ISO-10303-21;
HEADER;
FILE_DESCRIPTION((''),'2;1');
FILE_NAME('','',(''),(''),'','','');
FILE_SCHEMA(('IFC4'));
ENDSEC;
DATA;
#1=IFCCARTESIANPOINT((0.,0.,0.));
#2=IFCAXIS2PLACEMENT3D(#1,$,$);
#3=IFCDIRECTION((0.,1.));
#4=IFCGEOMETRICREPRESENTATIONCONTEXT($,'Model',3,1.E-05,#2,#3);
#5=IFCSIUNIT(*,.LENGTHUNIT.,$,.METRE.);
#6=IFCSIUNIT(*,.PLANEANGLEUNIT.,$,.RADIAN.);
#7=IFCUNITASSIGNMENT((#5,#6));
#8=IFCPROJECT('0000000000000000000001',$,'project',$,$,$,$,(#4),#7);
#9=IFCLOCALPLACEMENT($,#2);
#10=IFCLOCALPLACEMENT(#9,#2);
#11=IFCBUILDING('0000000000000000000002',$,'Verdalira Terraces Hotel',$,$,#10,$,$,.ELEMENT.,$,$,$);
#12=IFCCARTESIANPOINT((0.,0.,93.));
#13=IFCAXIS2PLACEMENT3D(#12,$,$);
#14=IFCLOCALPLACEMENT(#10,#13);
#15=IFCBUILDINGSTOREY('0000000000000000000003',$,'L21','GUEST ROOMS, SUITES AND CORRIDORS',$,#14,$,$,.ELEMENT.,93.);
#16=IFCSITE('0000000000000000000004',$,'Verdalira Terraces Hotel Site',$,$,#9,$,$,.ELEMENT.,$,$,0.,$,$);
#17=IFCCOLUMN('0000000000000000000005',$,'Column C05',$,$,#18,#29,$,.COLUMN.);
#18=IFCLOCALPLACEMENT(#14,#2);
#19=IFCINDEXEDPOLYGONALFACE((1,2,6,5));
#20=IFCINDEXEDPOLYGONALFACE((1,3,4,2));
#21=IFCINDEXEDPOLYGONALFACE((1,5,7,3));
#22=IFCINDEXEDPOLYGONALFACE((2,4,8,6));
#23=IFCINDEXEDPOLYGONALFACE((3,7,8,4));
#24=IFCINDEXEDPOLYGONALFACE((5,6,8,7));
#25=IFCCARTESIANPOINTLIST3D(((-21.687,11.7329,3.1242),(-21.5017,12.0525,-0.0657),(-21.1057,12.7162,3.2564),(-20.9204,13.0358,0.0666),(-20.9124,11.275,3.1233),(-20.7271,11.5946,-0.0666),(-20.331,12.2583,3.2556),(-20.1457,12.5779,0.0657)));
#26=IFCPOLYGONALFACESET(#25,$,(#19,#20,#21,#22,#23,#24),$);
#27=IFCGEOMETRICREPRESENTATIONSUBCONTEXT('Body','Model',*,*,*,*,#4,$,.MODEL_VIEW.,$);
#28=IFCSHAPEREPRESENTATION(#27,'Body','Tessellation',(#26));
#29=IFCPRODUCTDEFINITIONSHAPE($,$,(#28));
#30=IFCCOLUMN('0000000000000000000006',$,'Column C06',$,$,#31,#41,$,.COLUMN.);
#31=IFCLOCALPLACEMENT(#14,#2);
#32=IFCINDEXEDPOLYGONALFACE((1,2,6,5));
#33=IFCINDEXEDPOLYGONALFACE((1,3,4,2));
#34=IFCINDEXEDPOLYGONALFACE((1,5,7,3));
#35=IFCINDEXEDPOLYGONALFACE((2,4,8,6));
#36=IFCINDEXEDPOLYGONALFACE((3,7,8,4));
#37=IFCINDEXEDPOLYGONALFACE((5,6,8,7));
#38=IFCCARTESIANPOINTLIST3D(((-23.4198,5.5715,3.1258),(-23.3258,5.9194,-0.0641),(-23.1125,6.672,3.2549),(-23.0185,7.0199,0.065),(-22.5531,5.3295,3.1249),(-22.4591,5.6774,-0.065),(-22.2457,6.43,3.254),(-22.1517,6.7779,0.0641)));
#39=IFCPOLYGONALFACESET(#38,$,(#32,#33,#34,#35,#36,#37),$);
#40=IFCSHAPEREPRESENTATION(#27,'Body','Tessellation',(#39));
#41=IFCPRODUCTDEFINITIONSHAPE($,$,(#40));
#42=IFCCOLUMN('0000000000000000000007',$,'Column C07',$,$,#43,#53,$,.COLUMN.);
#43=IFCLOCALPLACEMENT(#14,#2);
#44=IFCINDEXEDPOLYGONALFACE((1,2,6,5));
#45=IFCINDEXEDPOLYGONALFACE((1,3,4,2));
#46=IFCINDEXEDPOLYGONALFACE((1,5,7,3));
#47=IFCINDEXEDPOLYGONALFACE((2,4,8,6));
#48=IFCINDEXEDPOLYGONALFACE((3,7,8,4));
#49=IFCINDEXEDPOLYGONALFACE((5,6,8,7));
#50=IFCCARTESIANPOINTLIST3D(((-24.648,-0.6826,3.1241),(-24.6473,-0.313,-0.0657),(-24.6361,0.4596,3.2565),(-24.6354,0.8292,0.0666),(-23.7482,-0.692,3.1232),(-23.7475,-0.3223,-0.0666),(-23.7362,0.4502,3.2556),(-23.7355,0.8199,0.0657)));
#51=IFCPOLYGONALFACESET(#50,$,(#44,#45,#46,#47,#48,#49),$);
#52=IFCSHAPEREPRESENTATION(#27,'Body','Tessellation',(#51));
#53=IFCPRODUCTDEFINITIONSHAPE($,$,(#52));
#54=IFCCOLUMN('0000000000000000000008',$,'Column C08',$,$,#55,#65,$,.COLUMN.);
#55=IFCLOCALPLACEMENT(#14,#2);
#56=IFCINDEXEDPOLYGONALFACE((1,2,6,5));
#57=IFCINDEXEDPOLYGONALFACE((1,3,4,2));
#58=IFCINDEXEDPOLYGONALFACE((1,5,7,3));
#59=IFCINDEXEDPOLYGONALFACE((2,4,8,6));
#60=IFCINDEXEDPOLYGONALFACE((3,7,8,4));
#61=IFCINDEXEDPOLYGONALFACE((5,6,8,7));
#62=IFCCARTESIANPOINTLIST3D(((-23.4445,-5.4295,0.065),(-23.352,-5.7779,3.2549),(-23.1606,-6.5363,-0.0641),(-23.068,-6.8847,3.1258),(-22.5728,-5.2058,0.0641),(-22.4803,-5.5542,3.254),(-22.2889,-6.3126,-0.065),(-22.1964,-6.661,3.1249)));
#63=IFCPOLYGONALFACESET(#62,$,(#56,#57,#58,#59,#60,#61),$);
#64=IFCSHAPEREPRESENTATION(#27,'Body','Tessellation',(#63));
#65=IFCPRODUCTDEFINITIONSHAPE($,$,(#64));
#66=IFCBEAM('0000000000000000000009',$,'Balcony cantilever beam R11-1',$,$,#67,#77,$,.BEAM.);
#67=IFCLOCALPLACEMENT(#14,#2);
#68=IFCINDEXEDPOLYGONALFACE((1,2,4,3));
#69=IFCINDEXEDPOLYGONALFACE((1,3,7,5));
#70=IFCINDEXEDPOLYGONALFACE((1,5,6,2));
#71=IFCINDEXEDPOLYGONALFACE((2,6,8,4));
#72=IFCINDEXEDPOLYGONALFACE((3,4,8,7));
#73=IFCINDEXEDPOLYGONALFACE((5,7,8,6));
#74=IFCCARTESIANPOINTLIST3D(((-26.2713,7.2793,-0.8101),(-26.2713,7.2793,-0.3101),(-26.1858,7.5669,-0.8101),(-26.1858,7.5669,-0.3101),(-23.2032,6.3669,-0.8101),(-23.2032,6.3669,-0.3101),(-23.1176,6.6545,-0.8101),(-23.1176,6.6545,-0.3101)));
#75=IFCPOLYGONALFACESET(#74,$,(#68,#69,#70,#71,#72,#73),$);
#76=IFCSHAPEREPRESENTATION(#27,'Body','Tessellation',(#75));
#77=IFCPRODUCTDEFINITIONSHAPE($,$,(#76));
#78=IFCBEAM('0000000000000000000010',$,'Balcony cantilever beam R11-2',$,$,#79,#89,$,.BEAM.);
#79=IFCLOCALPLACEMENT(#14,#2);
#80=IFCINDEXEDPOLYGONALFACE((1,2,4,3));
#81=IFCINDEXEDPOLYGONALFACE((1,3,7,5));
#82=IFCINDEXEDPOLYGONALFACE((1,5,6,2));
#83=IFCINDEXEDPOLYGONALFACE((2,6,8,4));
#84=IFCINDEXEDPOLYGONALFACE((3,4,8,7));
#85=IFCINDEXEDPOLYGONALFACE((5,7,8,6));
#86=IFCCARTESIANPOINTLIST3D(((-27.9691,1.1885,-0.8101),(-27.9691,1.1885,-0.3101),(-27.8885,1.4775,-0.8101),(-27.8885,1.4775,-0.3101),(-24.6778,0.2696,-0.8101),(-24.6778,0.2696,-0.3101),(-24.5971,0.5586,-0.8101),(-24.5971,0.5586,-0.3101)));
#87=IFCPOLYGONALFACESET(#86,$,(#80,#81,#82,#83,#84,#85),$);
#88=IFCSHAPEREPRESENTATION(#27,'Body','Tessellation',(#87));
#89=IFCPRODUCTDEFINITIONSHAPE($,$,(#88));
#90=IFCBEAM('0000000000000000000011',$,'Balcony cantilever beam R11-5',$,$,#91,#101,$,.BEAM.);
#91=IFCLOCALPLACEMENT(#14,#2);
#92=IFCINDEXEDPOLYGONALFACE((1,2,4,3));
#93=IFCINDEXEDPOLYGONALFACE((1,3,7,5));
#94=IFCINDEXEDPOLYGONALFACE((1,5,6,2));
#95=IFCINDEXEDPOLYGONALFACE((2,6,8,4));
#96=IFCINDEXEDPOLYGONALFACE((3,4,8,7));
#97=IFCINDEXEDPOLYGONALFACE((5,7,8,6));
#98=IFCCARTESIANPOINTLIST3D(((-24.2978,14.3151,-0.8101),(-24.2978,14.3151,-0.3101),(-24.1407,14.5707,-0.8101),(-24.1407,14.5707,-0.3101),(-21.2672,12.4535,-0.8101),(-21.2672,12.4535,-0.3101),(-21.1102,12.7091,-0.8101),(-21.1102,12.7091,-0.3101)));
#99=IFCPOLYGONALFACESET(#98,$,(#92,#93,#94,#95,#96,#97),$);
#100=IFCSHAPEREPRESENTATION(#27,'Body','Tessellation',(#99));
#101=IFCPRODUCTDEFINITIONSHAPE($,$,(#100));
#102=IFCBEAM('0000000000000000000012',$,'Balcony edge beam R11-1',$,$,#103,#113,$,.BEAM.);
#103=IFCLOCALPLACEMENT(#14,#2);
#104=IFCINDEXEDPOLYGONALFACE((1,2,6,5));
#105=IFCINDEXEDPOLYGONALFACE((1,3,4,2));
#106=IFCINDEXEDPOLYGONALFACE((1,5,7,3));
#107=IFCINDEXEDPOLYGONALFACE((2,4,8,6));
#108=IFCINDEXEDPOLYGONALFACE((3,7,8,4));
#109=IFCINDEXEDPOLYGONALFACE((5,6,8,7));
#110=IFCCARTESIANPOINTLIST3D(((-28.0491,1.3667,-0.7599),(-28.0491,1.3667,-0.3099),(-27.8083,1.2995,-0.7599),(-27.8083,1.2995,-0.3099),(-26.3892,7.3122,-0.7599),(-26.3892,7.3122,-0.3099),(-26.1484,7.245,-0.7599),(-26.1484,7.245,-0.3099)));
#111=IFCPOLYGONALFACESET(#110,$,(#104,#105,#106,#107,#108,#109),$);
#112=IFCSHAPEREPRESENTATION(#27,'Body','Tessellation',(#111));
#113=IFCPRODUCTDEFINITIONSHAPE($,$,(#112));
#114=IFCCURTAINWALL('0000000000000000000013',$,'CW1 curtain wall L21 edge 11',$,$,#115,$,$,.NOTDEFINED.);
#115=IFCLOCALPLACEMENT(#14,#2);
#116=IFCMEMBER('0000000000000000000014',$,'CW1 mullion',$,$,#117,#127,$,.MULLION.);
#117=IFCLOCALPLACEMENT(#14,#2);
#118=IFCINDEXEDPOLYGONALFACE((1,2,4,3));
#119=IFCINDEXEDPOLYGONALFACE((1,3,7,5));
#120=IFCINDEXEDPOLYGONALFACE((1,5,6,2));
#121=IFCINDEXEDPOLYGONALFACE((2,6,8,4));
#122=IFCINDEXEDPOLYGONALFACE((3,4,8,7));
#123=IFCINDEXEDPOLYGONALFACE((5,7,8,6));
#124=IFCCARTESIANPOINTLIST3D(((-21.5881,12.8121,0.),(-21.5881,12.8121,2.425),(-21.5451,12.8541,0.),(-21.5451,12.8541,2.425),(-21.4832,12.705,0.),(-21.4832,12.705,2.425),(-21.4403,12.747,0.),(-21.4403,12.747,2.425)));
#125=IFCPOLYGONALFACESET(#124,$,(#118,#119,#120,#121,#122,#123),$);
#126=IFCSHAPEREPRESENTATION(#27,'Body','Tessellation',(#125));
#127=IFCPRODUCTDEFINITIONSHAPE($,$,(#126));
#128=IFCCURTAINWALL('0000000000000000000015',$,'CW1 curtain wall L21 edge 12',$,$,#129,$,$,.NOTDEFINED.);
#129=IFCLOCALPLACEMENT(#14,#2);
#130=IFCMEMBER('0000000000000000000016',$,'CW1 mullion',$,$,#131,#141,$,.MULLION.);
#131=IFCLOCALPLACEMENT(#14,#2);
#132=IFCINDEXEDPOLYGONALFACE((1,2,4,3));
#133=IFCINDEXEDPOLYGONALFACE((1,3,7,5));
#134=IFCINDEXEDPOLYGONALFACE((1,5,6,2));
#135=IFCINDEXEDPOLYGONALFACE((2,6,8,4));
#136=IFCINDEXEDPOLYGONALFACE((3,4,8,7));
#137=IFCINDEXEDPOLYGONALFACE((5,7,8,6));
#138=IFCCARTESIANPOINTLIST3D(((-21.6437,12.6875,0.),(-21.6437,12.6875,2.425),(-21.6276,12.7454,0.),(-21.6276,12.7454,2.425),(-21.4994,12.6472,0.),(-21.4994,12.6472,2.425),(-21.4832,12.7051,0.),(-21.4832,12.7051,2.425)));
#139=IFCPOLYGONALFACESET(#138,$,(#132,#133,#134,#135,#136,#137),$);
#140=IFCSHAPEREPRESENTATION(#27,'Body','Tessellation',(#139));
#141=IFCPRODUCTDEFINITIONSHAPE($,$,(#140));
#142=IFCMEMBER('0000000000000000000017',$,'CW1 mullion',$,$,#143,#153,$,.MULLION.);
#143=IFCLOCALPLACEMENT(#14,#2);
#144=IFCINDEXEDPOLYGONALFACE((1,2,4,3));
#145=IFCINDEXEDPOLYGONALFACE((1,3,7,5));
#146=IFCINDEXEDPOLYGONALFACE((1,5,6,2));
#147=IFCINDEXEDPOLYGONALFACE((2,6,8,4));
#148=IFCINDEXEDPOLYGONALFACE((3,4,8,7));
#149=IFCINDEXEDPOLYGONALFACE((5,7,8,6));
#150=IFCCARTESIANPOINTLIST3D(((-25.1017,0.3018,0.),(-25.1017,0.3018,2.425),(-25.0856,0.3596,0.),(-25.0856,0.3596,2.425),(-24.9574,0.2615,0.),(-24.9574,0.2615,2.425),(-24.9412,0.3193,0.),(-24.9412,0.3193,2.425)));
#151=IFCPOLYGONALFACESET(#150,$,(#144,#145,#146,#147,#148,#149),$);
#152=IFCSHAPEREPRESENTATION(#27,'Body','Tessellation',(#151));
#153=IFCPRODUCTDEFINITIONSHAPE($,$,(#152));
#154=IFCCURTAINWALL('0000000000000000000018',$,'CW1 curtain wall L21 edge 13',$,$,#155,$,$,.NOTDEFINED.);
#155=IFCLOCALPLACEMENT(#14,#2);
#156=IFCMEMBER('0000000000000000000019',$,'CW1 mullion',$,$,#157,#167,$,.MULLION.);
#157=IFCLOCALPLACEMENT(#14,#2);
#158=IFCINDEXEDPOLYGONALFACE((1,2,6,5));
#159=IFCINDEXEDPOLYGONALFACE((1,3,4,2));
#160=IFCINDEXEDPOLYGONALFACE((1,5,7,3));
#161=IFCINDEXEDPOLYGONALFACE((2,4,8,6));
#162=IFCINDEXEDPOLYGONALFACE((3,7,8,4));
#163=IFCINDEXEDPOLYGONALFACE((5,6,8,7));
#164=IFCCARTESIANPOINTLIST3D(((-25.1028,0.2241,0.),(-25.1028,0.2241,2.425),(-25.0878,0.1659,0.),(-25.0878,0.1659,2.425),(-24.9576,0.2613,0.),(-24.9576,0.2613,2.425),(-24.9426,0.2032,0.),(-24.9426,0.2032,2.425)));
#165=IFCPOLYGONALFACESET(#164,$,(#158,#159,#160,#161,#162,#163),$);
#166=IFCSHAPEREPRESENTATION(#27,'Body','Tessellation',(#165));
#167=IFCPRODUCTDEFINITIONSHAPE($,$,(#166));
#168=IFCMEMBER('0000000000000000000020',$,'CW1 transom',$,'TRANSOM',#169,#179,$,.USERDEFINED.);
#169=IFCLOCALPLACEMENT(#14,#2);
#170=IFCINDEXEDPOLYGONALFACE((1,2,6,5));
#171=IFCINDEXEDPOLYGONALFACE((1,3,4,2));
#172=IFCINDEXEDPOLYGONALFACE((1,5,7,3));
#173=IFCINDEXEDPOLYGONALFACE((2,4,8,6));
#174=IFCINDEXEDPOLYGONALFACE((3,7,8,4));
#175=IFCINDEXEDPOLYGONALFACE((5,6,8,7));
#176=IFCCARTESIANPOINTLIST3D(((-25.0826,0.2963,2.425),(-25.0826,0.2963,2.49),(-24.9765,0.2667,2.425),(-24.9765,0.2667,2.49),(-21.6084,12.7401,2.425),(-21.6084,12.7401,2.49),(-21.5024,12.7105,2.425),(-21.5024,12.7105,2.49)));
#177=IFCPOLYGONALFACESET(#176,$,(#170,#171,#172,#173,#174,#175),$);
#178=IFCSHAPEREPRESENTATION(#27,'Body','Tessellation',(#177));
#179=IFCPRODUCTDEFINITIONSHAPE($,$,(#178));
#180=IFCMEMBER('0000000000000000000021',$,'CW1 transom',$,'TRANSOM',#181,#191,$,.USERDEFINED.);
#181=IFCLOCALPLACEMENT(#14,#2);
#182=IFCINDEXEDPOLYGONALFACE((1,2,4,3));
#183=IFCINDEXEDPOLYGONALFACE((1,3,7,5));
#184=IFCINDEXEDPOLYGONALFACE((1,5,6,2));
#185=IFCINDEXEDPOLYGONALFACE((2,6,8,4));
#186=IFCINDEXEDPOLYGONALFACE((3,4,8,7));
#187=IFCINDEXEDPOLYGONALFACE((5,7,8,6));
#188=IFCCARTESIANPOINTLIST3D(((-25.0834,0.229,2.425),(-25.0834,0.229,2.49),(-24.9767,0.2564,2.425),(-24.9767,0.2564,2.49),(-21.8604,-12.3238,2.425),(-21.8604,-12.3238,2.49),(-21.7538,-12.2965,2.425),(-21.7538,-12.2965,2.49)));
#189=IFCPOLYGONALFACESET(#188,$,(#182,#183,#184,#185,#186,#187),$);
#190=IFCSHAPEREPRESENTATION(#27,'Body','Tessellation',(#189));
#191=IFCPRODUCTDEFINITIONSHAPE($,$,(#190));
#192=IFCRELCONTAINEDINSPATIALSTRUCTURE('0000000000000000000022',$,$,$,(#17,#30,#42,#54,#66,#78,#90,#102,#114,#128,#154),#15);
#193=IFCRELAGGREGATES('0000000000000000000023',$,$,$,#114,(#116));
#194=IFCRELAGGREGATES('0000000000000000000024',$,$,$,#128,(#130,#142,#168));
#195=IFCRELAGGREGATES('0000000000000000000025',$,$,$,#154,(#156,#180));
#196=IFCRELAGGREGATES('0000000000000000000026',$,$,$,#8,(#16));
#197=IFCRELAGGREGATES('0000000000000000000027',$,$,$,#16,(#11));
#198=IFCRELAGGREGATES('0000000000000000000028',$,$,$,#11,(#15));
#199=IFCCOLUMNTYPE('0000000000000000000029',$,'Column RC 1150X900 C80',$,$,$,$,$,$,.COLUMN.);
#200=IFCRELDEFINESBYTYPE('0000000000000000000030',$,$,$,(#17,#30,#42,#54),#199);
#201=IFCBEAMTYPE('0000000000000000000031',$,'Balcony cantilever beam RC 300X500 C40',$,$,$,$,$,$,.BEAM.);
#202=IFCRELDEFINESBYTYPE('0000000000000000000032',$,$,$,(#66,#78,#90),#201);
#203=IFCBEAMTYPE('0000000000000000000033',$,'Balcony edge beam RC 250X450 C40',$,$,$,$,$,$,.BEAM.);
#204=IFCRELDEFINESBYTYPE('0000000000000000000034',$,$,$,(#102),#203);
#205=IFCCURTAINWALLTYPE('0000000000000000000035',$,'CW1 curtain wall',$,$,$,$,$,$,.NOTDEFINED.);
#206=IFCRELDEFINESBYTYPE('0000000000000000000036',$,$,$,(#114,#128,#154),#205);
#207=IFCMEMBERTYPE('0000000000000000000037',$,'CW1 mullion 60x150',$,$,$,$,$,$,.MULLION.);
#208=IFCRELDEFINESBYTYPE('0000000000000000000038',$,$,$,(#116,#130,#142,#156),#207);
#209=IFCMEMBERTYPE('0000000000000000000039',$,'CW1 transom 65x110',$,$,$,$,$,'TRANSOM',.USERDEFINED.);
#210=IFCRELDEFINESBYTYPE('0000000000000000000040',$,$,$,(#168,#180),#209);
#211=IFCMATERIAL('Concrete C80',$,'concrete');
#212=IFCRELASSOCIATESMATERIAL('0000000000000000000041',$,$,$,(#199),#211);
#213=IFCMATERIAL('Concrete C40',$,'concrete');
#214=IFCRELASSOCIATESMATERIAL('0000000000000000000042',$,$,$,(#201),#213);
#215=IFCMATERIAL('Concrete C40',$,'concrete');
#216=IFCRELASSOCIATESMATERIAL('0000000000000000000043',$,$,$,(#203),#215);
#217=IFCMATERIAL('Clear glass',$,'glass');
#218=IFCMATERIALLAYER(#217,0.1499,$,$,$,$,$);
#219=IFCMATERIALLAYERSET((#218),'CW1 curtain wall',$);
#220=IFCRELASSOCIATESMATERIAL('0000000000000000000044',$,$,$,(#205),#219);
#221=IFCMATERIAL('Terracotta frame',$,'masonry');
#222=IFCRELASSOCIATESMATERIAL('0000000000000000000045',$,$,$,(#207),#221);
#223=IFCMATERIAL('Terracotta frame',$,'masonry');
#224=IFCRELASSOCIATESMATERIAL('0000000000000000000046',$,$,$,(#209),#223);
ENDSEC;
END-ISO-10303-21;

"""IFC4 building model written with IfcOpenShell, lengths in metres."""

from ifc_helpers import new_model, si_unit, direction, frame, origin, origin_2d, place, context, subcontext, project, spatial, rectangle, extrude, material, layer, layer_set, material_profile, profile_set, type_object, element, aggregate, save


model = new_model("IFC4")

# Units and contexts
model_context = context("Model", 3, precision=1e-05, world=origin(), true_north=direction((0.0, 1.0)))
body_context = subcontext(model_context, "Body", "Model", "MODEL_VIEW")
ifc_project = project(units=[si_unit("LENGTHUNIT", "METRE"), si_unit("PLANEANGLEUNIT", "RADIAN")], contexts=[model_context])

# Site, building, storey
site_placement = place(None, origin())
site = spatial("IfcSite", under=ifc_project, at=site_placement, Name="Verdalira Terraces Hotel Site", CompositionType="ELEMENT", RefElevation=0.0)
building_placement = place(site_placement, origin())
building = spatial("IfcBuilding", under=site, at=building_placement, Name="Verdalira Terraces Hotel", CompositionType="ELEMENT")
storey_placement = place(building_placement, frame((0.0, 0.0, 93.0)))
storey = spatial("IfcBuildingStorey", under=building, at=storey_placement, Name="L21", Description="GUEST ROOMS, SUITES AND CORRIDORS", CompositionType="ELEMENT", Elevation=93.0)

# Columns
ifc_material_1 = material(Name="Concrete C80", Category="concrete")
ifc_material_profile_1 = material_profile(ifc_material_1, rectangle(XDim=1.1499, YDim=0.8999, at=origin_2d()), Name="RC 1150X900")
ifc_profile_set_1 = profile_set([ifc_material_profile_1], Name="Concrete C80")
column_type = type_object("IfcColumnType", Name="Column RC 1150X900 C80", PredefinedType="COLUMN", material=ifc_profile_set_1)
column_1_placement = place(storey_placement, frame((-20.8237, 12.3152, 0.0), z_axis=(-0.057704, -0.099519, 0.993361), x_axis=(0.505557, 0.85509, 0.115034)))
element("IfcColumn", 1, at=column_1_placement, inside=storey, type_object=column_type, Name="Column C05", PredefinedType="COLUMN", context=body_context, shape_type="SweptSolid", body=[
    extrude(rectangle(XDim=1.1499, YDim=0.8999, at=origin_2d()), origin(), (0.0, 0.0, 1.0), 3.2112),
])
column_2_placement = place(storey_placement, frame((-22.7388, 6.3486, 0.0), z_axis=(-0.02928, -0.108372, 0.993679), x_axis=(-0.267306, -0.957051, -0.112254)))
element("IfcColumn", 2, at=column_2_placement, inside=storey, type_object=column_type, Name="Column C06", PredefinedType="COLUMN", context=body_context, shape_type="SweptSolid", body=[
    extrude(rectangle(XDim=1.1499, YDim=0.8999, at=origin_2d()), origin(), (0.0, 0.0, 1.0), 3.2102),
])
column_3_placement = place(storey_placement, frame((-24.1914, 0.2534, 0.0), z_axis=(-0.000228, -0.115103, 0.993354), x_axis=(0.010402, 0.9933, 0.115099)))
element("IfcColumn", 3, at=column_3_placement, inside=storey, type_object=column_type, Name="Column C07", PredefinedType="COLUMN", context=body_context, shape_type="SweptSolid", body=[
    extrude(rectangle(XDim=1.1499, YDim=0.8999, at=origin_2d()), origin(), (0.0, 0.0, 1.0), 3.2112),
])
column_4_placement = place(storey_placement, frame((-22.8667, -5.8711, 0.0), z_axis=(0.028823, -0.108524, 0.993676), x_axis=(0.246911, -0.962511, -0.112282)))
element("IfcColumn", 4, at=column_4_placement, inside=storey, type_object=column_type, Name="Column C08", PredefinedType="COLUMN", context=body_context, shape_type="SweptSolid", body=[
    extrude(rectangle(XDim=1.1499, YDim=0.8999, at=origin_2d()), origin(), (0.0, 0.0, 1.0), 3.2102),
])

# Beams
ifc_material_2 = material(Name="Concrete C40", Category="concrete")
ifc_material_profile_2 = material_profile(ifc_material_2, rectangle(XDim=0.3, YDim=0.5, at=origin_2d()), Name="RC 300X500")
ifc_profile_set_2 = profile_set([ifc_material_profile_2], Name="Concrete C40")
beam_type_1 = type_object("IfcBeamType", Name="Balcony cantilever beam RC 300X500 C40", PredefinedType="BEAM", material=ifc_profile_set_2)
beam_1_placement = place(storey_placement, frame((-23.1604, 6.5107, -0.5601), z_axis=(-0.958518, 0.285031, 0.0), x_axis=(-0.285031, -0.958518, 0.0)))
element("IfcBeam", 5, at=beam_1_placement, inside=storey, type_object=beam_type_1, Name="Balcony cantilever beam R11-1", PredefinedType="BEAM", context=body_context, shape_type="SweptSolid", body=[
    extrude(rectangle(XDim=0.3, YDim=0.5, at=origin_2d()), origin(), (0.0, 0.0, 1.0), 3.2009),
])
beam_2_placement = place(storey_placement, frame((-24.6375, 0.4141, -0.5601), z_axis=(-0.963162, 0.268922, 0.0), x_axis=(-0.268922, -0.963162, 0.0)))
element("IfcBeam", 6, at=beam_2_placement, inside=storey, type_object=beam_type_1, Name="Balcony cantilever beam R11-2", PredefinedType="BEAM", context=body_context, shape_type="SweptSolid", body=[
    extrude(rectangle(XDim=0.3, YDim=0.5, at=origin_2d()), origin(), (0.0, 0.0, 1.0), 3.4172),
])
beam_3_placement = place(storey_placement, frame((-21.1887, 12.5813, -0.5601), z_axis=(-0.85208, 0.523412, 0.0), x_axis=(-0.523412, -0.85208, 0.0)))
element("IfcBeam", 7, at=beam_3_placement, inside=storey, type_object=beam_type_1, Name="Balcony cantilever beam R11-5", PredefinedType="BEAM", context=body_context, shape_type="SweptSolid", body=[
    extrude(rectangle(XDim=0.3, YDim=0.5, at=origin_2d()), origin(), (0.0, 0.0, 1.0), 3.5566),
])
ifc_material_3 = material(Name="Concrete C40", Category="concrete")
ifc_material_profile_3 = material_profile(ifc_material_3, rectangle(XDim=0.25, YDim=0.45, at=origin_2d()), Name="RC 250X450")
ifc_profile_set_3 = profile_set([ifc_material_profile_3], Name="Concrete C40")
beam_type_2 = type_object("IfcBeamType", Name="Balcony edge beam RC 250X450 C40", PredefinedType="BEAM", material=ifc_profile_set_3)
beam_4_placement = place(storey_placement, frame((-26.2688, 7.2786, -0.5349), z_axis=(-0.268902, -0.963167, 0.0), x_axis=(0.963167, -0.268902, 0.0)))
element("IfcBeam", 8, at=beam_4_placement, inside=storey, type_object=beam_type_2, Name="Balcony edge beam R11-1", PredefinedType="BEAM", context=body_context, shape_type="SweptSolid", body=[
    extrude(rectangle(XDim=0.25, YDim=0.45, at=origin_2d()), origin(), (0.0, 0.0, 1.0), 6.1729),
])

# Curtain wall, member
ifc_material_4 = material(Name="Clear glass", Category="glass")
ifc_layer_1 = layer(ifc_material_4, 0.1499)
ifc_layer_set_1 = layer_set([ifc_layer_1], Name="CW1 curtain wall")
curtain_wall_type = type_object("IfcCurtainWallType", Name="CW1 curtain wall", PredefinedType="NOTDEFINED", material=ifc_layer_set_1)
curtain_wall_1_placement = place(storey_placement, origin())
curtain_wall_1 = element("IfcCurtainWall", 9, at=curtain_wall_1_placement, inside=storey, type_object=curtain_wall_type, Name="CW1 curtain wall L21 edge 11", PredefinedType="NOTDEFINED")
ifc_material_5 = material(Name="Terracotta frame", Category="masonry")
ifc_material_profile_4 = material_profile(ifc_material_5, rectangle(XDim=0.0601, YDim=0.1499, at=origin_2d()), Name="MU 60x150")
ifc_profile_set_4 = profile_set([ifc_material_profile_4], Name="Terracotta frame")
member_type_1 = type_object("IfcMemberType", Name="CW1 mullion 60x150", PredefinedType="MULLION", material=ifc_profile_set_4)
member_1_placement = place(storey_placement, frame((-21.5142, 12.7795, 0.0), z_axis=(0.0, 0.0, 1.0), x_axis=(-0.714473, -0.699663, 0.0)))
member_1 = element("IfcMember", 10, at=member_1_placement, type_object=member_type_1, Name="CW1 mullion", PredefinedType="MULLION", context=body_context, shape_type="SweptSolid", body=[
    extrude(rectangle(XDim=0.0601, YDim=0.1499, at=origin_2d()), origin(), (0.0, 0.0, 1.0), 2.425),
])
aggregate(curtain_wall_1, [member_1])

# Curtain wall, members
curtain_wall_2_placement = place(storey_placement, origin())
curtain_wall_2 = element("IfcCurtainWall", 11, at=curtain_wall_2_placement, inside=storey, type_object=curtain_wall_type, Name="CW1 curtain wall L21 edge 12", PredefinedType="NOTDEFINED")
member_2_placement = place(storey_placement, frame((-21.5635, 12.6963, 0.0), z_axis=(0.0, 0.0, 1.0), x_axis=(-0.26892, -0.963163, 0.0)))
member_2 = element("IfcMember", 12, at=member_2_placement, type_object=member_type_1, Name="CW1 mullion", PredefinedType="MULLION", context=body_context, shape_type="SweptSolid", body=[
    extrude(rectangle(XDim=0.0601, YDim=0.1499, at=origin_2d()), origin(), (0.0, 0.0, 1.0), 2.425),
])
member_3_placement = place(storey_placement, frame((-25.0215, 0.3105, 0.0), z_axis=(0.0, 0.0, 1.0), x_axis=(-0.26892, -0.963163, 0.0)))
member_3 = element("IfcMember", 13, at=member_3_placement, type_object=member_type_1, Name="CW1 mullion", PredefinedType="MULLION", context=body_context, shape_type="SweptSolid", body=[
    extrude(rectangle(XDim=0.0601, YDim=0.1499, at=origin_2d()), origin(), (0.0, 0.0, 1.0), 2.425),
])

# Curtain wall, member
curtain_wall_3_placement = place(storey_placement, origin())
curtain_wall_3 = element("IfcCurtainWall", 14, at=curtain_wall_3_placement, inside=storey, type_object=curtain_wall_type, Name="CW1 curtain wall L21 edge 13", PredefinedType="NOTDEFINED")
member_4_placement = place(storey_placement, frame((-25.0227, 0.2136, 0.0), z_axis=(0.0, 0.0, 1.0), x_axis=(0.24869, -0.968583, 0.0)))
member_4 = element("IfcMember", 15, at=member_4_placement, type_object=member_type_1, Name="CW1 mullion", PredefinedType="MULLION", context=body_context, shape_type="SweptSolid", body=[
    extrude(rectangle(XDim=0.0601, YDim=0.1499, at=origin_2d()), origin(), (0.0, 0.0, 1.0), 2.425),
])

# Members
ifc_material_6 = material(Name="Terracotta frame", Category="masonry")
ifc_material_profile_5 = material_profile(ifc_material_6, rectangle(XDim=0.1101, YDim=0.0649, at=origin_2d()), Name="TR 65x110")
ifc_profile_set_5 = profile_set([ifc_material_profile_5], Name="Terracotta frame")
member_type_2 = type_object("IfcMemberType", Name="CW1 transom 65x110", ElementType="TRANSOM", PredefinedType="USERDEFINED", material=ifc_profile_set_5)
member_5_placement = place(storey_placement, frame((-21.5554, 12.7253, 2.4575), z_axis=(-0.268901, -0.963168, 0.0), x_axis=(0.963168, -0.268901, 0.0)))
member_5 = element("IfcMember", 16, at=member_5_placement, type_object=member_type_2, Name="CW1 transom", ObjectType="TRANSOM", PredefinedType="USERDEFINED", context=body_context, shape_type="SweptSolid", body=[
    extrude(rectangle(XDim=0.1101, YDim=0.0649, at=origin_2d()), origin(), (0.0, 0.0, 1.0), 12.9197),
])
member_6_placement = place(storey_placement, frame((-25.03, 0.2427, 2.4575), z_axis=(0.248683, -0.968585, 0.0), x_axis=(0.968585, 0.248683, 0.0)))
member_6 = element("IfcMember", 17, at=member_6_placement, type_object=member_type_2, Name="CW1 transom", ObjectType="TRANSOM", PredefinedType="USERDEFINED", context=body_context, shape_type="SweptSolid", body=[
    extrude(rectangle(XDim=0.1101, YDim=0.0649, at=origin_2d()), origin(), (0.0, 0.0, 1.0), 12.96),
])

aggregate(curtain_wall_2, [member_2, member_3, member_5])
aggregate(curtain_wall_3, [member_4, member_6])

save(model, "model.ifc")
